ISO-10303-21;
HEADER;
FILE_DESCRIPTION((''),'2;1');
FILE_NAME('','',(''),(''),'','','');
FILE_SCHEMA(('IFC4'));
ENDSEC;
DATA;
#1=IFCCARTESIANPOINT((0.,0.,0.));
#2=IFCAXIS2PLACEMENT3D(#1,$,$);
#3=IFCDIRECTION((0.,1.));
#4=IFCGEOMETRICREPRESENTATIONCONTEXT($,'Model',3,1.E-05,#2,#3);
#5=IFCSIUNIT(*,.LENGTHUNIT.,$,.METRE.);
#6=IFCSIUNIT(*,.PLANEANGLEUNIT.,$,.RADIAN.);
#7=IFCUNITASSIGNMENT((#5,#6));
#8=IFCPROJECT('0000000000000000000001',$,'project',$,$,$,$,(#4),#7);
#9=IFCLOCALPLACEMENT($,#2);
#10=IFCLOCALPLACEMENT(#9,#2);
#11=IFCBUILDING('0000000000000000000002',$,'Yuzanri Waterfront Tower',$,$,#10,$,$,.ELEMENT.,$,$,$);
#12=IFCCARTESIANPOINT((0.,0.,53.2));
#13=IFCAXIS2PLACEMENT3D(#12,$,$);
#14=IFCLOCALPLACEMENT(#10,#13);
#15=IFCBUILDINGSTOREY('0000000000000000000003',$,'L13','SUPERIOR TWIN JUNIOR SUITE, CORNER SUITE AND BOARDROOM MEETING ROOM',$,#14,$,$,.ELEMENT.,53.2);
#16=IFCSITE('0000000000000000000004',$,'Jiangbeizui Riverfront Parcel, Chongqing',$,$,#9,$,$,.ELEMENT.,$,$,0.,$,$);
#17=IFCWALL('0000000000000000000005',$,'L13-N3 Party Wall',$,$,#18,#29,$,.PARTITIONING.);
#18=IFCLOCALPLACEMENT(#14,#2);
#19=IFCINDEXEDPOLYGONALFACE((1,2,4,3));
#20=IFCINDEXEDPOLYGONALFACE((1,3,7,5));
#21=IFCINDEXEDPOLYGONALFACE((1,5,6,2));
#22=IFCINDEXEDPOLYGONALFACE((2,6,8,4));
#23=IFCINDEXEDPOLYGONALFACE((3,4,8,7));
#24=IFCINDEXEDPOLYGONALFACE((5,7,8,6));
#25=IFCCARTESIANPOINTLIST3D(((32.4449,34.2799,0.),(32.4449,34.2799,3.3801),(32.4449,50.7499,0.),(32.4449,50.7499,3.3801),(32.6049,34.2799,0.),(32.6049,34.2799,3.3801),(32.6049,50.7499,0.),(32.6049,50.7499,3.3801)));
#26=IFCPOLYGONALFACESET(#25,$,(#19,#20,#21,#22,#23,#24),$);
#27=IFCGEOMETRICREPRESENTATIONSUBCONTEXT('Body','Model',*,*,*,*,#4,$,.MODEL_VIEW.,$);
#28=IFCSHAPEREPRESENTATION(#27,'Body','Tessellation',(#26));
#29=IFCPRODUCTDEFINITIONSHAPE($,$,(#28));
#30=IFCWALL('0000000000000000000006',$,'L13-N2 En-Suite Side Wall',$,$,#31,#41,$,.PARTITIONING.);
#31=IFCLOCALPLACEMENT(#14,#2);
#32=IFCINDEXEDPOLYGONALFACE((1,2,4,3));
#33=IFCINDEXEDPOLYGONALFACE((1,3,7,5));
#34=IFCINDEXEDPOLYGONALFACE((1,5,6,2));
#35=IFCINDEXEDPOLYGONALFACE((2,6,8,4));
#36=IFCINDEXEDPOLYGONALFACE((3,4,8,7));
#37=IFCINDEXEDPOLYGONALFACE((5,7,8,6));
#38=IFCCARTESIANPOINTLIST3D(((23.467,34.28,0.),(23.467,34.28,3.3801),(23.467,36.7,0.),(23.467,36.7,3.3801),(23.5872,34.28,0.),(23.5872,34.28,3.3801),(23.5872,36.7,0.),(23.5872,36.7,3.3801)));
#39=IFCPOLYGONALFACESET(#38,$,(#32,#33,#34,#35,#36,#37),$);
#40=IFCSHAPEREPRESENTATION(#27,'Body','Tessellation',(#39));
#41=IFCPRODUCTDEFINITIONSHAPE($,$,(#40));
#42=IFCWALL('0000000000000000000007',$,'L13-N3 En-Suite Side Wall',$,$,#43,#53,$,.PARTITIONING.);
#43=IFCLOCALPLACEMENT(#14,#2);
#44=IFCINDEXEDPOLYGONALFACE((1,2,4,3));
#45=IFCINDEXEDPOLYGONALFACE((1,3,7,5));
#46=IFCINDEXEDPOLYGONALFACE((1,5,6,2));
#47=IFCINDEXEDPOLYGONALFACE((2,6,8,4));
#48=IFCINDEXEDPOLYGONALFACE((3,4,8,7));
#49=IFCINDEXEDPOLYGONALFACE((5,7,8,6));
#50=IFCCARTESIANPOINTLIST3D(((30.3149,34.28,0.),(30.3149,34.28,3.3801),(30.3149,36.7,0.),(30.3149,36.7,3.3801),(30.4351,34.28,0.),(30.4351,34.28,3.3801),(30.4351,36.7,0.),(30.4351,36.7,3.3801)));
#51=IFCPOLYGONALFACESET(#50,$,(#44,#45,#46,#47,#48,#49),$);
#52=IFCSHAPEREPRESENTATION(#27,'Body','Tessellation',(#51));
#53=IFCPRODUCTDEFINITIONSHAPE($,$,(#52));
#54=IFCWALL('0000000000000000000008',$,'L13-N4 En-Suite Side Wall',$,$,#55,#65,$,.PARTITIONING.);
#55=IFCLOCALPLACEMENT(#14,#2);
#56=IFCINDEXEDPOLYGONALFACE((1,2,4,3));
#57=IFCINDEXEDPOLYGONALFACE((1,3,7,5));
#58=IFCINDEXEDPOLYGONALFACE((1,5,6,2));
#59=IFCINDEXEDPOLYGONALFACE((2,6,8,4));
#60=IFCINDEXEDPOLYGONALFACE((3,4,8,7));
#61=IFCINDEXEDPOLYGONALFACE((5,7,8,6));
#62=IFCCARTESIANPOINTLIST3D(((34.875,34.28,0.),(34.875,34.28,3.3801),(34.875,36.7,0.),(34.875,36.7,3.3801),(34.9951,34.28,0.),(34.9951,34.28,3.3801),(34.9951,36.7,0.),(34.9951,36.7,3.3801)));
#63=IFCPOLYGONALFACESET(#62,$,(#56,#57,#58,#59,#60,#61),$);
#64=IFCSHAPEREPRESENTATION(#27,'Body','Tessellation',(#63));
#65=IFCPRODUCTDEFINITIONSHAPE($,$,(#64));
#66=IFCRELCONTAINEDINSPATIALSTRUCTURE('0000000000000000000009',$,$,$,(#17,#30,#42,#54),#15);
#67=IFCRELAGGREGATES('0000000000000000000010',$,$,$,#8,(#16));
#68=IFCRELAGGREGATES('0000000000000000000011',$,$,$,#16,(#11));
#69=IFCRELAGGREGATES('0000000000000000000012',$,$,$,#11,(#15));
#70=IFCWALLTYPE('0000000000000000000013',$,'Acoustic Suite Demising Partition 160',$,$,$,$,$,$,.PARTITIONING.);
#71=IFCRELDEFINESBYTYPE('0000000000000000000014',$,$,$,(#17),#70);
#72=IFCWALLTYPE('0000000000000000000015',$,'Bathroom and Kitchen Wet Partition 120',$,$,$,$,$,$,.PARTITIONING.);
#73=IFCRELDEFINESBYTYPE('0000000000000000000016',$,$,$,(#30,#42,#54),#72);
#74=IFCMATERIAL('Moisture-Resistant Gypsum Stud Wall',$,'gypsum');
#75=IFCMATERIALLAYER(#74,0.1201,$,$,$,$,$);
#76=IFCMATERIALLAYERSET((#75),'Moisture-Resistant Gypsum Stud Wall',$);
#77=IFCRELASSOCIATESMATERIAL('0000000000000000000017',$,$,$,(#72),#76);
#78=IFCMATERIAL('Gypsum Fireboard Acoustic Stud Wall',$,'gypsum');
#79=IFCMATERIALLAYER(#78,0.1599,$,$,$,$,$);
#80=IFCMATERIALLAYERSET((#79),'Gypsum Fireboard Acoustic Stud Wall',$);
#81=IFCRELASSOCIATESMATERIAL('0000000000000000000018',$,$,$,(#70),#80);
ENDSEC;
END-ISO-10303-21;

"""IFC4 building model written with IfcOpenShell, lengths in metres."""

from ifc_helpers import new_model, si_unit, direction, frame, frame_2d, origin, place, context, subcontext, project, spatial, rectangle, extrude, source, transform, mapped, material, layer, layer_set, type_object, element, save


model = new_model("IFC4")

# Units and contexts
model_context = context("Model", 3, precision=1e-05, world=origin(), true_north=direction((0.0, 1.0)))
body_context = subcontext(model_context, "Body", "Model", "MODEL_VIEW")
ifc_project = project(units=[si_unit("LENGTHUNIT", "METRE"), si_unit("PLANEANGLEUNIT", "RADIAN")], contexts=[model_context])

# Site, building, storey
site_placement = place(None, origin())
site = spatial("IfcSite", under=ifc_project, at=site_placement, Name="Jiangbeizui Riverfront Parcel, Chongqing", CompositionType="ELEMENT", RefElevation=0.0)
building_placement = place(site_placement, origin())
building = spatial("IfcBuilding", under=site, at=building_placement, Name="Yuzanri Waterfront Tower", CompositionType="ELEMENT")
storey_placement = place(building_placement, frame((0.0, 0.0, 53.2)))
storey = spatial("IfcBuildingStorey", under=building, at=storey_placement, Name="L13", Description="SUPERIOR TWIN JUNIOR SUITE, CORNER SUITE AND BOARDROOM MEETING ROOM", CompositionType="ELEMENT", Elevation=53.2)

# Shared definitions
ifc_material_1 = material(Name="Moisture-Resistant Gypsum Stud Wall", Category="gypsum")
ifc_layer_1 = layer(ifc_material_1, 0.1201)
ifc_layer_set_1 = layer_set([ifc_layer_1], Name="Moisture-Resistant Gypsum Stud Wall")
wall_type_1 = type_object("IfcWallType", Name="Bathroom and Kitchen Wet Partition 120", PredefinedType="PARTITIONING", material=ifc_layer_set_1)

# Walls
ifc_material_2 = material(Name="Gypsum Fireboard Acoustic Stud Wall", Category="gypsum")
ifc_layer_2 = layer(ifc_material_2, 0.1599)
ifc_layer_set_2 = layer_set([ifc_layer_2], Name="Gypsum Fireboard Acoustic Stud Wall")
wall_type_2 = type_object("IfcWallType", Name="Acoustic Suite Demising Partition 160", PredefinedType="PARTITIONING", material=ifc_layer_set_2)
shared_shape_1 = source(origin(), body_context, "Body", "SweptSolid", [
    extrude(rectangle(XDim=16.47, YDim=0.1599, at=frame_2d((8.2349, 0.0))), origin(), (0.0, 0.0, 1.0), 3.3801),
])
for number, where, z_axis, x_axis, name in (
    (1, (32.5249, 34.28, 0.0), (0.0, 0.0, 1.0), (0.0, 1.0, 0.0), "L13-N3 Party Wall"),
):
    element("IfcWall", number, at=place(storey_placement, frame(where, z_axis=z_axis, x_axis=x_axis)), inside=storey, type_object=wall_type_2, Name=name, PredefinedType="PARTITIONING", context=body_context, shape_type="MappedRepresentation", body=[
        mapped(shared_shape_1, transform((0.0, 0.0, 0.0), scale=1.0)),
    ])
shared_shape_2 = source(origin(), body_context, "Body", "SweptSolid", [
    extrude(rectangle(XDim=2.4199, YDim=0.1201, at=frame_2d((1.21, 0.0))), origin(), (0.0, 0.0, 1.0), 3.3801),
])
for number, where, z_axis, x_axis, name in (
    (2, (23.5271, 34.28, 0.0), (0.0, 0.0, 1.0), (0.0, 1.0, 0.0), "L13-N2 En-Suite Side Wall"),
    (3, (30.375, 34.28, 0.0), (0.0, 0.0, 1.0), (0.0, 1.0, 0.0), "L13-N3 En-Suite Side Wall"),
    (4, (34.9351, 34.28, 0.0), (0.0, 0.0, 1.0), (0.0, 1.0, 0.0), "L13-N4 En-Suite Side Wall"),
):
    element("IfcWall", number, at=place(storey_placement, frame(where, z_axis=z_axis, x_axis=x_axis)), inside=storey, type_object=wall_type_1, Name=name, PredefinedType="PARTITIONING", context=body_context, shape_type="MappedRepresentation", body=[
        mapped(shared_shape_2, transform((0.0, 0.0, 0.0), scale=1.0)),
    ])

save(model, "model.ifc")
